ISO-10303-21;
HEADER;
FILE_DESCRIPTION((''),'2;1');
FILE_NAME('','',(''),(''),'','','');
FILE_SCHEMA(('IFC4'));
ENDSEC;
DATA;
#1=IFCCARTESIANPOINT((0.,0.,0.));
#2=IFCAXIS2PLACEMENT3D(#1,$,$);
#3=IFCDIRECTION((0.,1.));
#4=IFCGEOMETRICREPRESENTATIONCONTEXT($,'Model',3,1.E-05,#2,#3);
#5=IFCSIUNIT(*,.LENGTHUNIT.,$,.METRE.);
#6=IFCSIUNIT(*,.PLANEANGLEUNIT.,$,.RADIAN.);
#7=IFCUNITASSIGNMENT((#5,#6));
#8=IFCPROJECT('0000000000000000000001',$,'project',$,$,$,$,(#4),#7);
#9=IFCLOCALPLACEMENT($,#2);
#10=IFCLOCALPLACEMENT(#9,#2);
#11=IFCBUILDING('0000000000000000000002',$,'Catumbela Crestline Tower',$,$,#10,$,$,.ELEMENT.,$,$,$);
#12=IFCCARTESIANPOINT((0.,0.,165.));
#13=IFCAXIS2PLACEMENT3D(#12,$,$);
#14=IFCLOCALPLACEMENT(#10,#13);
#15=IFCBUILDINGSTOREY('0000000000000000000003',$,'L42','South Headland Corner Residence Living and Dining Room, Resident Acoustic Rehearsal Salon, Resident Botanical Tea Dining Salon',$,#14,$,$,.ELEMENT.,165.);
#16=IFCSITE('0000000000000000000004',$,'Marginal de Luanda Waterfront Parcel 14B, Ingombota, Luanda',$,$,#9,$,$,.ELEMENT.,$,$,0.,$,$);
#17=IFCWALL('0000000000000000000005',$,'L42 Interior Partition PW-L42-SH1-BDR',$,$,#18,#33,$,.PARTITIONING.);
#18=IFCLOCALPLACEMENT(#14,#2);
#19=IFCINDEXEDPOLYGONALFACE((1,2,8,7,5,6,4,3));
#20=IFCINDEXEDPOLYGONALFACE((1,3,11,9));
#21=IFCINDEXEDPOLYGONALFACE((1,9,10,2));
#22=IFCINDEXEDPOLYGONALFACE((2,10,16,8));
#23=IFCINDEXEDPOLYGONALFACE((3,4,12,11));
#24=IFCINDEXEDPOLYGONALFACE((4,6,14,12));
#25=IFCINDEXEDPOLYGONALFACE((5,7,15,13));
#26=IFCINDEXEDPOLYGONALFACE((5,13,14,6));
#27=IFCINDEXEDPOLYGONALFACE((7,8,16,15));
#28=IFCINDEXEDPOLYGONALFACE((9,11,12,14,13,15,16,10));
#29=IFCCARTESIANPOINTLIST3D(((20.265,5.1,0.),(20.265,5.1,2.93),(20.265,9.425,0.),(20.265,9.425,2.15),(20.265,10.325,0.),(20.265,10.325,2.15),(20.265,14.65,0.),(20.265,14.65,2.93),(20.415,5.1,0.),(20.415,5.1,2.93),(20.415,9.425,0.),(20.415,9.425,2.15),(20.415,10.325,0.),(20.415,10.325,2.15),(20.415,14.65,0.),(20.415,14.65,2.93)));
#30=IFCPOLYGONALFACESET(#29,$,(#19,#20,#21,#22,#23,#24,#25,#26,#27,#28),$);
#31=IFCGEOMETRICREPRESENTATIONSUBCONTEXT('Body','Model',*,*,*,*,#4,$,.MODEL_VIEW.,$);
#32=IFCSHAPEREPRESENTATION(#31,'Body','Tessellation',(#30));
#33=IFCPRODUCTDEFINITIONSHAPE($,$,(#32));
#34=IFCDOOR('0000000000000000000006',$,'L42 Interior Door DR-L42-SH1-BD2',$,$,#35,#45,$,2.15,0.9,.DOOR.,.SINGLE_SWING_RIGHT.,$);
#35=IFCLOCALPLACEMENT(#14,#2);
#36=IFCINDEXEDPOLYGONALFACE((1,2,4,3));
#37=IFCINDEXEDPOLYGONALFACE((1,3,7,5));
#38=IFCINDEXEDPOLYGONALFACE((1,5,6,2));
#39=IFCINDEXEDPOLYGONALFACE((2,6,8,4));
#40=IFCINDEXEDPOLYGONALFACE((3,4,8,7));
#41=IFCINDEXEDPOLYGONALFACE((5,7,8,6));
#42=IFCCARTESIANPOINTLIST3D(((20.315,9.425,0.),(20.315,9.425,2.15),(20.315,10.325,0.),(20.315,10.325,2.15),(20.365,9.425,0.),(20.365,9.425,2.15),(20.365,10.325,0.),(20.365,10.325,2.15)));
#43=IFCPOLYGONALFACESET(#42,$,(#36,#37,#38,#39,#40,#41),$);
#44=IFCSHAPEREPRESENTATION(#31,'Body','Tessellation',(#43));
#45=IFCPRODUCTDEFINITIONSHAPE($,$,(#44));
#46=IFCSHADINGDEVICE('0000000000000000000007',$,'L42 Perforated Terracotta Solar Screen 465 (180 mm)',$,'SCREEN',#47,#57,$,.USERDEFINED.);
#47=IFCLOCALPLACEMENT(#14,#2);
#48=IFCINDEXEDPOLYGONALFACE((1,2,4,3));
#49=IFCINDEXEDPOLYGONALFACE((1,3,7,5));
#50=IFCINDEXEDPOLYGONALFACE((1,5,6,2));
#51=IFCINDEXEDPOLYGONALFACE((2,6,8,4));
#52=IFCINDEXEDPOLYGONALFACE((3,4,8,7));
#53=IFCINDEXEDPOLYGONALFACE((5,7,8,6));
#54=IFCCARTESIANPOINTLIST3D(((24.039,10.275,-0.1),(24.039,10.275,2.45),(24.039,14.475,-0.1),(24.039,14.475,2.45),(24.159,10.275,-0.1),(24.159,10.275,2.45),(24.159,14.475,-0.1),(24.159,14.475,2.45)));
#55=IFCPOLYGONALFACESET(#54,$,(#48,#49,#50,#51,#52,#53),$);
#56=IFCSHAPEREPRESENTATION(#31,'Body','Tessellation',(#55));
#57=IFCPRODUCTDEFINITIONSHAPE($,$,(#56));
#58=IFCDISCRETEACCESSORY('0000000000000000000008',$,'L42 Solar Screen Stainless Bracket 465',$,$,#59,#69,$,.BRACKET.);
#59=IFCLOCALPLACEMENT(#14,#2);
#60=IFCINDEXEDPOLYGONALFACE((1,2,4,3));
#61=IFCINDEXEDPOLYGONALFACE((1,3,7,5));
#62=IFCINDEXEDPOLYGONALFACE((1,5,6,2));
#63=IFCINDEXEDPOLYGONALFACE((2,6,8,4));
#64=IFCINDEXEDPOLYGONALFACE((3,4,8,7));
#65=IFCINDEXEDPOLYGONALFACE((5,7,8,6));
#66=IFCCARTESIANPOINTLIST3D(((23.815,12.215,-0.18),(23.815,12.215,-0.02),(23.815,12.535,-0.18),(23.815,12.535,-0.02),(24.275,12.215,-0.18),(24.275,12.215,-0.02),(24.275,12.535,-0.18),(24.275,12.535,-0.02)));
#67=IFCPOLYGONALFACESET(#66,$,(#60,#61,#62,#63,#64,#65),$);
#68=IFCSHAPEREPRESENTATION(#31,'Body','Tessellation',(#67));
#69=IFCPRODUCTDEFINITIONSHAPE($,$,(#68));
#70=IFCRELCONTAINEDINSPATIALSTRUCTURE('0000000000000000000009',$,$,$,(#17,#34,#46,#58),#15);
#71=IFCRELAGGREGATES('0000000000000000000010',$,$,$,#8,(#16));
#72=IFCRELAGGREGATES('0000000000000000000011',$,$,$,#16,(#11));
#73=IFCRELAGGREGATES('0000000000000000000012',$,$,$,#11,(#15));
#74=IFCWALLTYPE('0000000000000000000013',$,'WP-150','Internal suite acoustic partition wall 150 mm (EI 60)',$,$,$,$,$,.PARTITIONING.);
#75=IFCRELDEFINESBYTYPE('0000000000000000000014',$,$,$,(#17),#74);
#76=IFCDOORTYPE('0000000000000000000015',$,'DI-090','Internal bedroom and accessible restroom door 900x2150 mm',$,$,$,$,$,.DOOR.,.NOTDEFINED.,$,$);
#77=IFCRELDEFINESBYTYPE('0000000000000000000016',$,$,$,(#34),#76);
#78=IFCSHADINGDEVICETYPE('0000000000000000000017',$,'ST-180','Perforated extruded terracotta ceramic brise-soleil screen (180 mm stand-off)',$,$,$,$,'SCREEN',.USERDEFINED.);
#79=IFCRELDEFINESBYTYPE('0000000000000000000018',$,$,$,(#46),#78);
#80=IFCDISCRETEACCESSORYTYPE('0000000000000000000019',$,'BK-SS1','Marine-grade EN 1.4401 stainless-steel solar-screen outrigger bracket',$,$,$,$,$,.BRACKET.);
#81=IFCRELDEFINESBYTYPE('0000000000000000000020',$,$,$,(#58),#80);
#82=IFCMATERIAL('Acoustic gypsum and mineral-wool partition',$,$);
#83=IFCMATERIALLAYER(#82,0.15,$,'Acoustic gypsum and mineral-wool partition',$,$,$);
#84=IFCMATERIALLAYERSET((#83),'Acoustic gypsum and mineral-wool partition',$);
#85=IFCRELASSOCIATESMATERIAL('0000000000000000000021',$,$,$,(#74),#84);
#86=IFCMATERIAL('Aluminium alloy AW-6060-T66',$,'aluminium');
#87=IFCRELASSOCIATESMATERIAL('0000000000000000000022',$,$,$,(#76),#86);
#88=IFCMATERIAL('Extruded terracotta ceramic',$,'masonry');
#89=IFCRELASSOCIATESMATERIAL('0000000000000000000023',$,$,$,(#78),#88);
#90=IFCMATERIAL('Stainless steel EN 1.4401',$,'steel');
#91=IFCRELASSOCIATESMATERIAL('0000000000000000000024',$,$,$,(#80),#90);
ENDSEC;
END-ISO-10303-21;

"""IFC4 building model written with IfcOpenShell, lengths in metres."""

from ifc_helpers import new_model, si_unit, direction, frame, frame_2d, origin, origin_2d, place, context, subcontext, project, spatial, rectangle, extrude, material, layer, layer_set, type_object, element, fill, save


model = new_model("IFC4")

# Units and contexts
model_context = context("Model", 3, precision=1e-05, world=origin(), true_north=direction((0.0, 1.0)))
body_context = subcontext(model_context, "Body", "Model", "MODEL_VIEW")
ifc_project = project(units=[si_unit("LENGTHUNIT", "METRE"), si_unit("PLANEANGLEUNIT", "RADIAN")], contexts=[model_context])

# Site, building, storey
site_placement = place(None, origin())
site = spatial("IfcSite", under=ifc_project, at=site_placement, Name="Marginal de Luanda Waterfront Parcel 14B, Ingombota, Luanda", CompositionType="ELEMENT", RefElevation=0.0)
building_placement = place(site_placement, origin())
building = spatial("IfcBuilding", under=site, at=building_placement, Name="Catumbela Crestline Tower", CompositionType="ELEMENT")
storey_placement = place(building_placement, frame((0.0, 0.0, 165.0)))
storey = spatial("IfcBuildingStorey", under=building, at=storey_placement, Name="L42", Description="South Headland Corner Residence Living and Dining Room, Resident Acoustic Rehearsal Salon, Resident Botanical Tea Dining Salon", CompositionType="ELEMENT", Elevation=165.0)

# Shared definitions
ifc_material_1 = material(Name="Aluminium alloy AW-6060-T66", Category="aluminium")

# Shared definitions
ifc_material_2 = material(Name="Acoustic gypsum and mineral-wool partition")
ifc_layer_1 = layer(ifc_material_2, 0.15, Name="Acoustic gypsum and mineral-wool partition")
ifc_layer_set_1 = layer_set([ifc_layer_1], Name="Acoustic gypsum and mineral-wool partition")
wall_type_1 = type_object("IfcWallType", Name="WP-150", Description="Internal suite acoustic partition wall 150 mm (EI 60)", PredefinedType="PARTITIONING", material=ifc_layer_set_1)

# Wall, opening, door
wall_1_placement = place(storey_placement, frame((20.34, 5.1, 0.0), z_axis=(0.0, 0.0, 1.0), x_axis=(0.0, 1.0, 0.0)))
wall_1 = element("IfcWall", 1, at=wall_1_placement, inside=storey, type_object=wall_type_1, Name="L42 Interior Partition PW-L42-SH1-BDR", PredefinedType="PARTITIONING", context=body_context, shape_type="SweptSolid", body=[
    extrude(rectangle(XDim=9.55, YDim=0.15, at=frame_2d((4.775, 0.0))), origin(), (0.0, 0.0, 1.0), 2.93),
])
opening_1_placement = place(wall_1_placement, frame((4.325, 0.0, 0.0)))
opening_1 = element("IfcOpeningElement", 2, at=opening_1_placement, cuts=wall_1, PredefinedType="OPENING", context=body_context, shape_type="SweptSolid", body=[
    extrude(rectangle(XDim=0.9, YDim=2.15, at=frame_2d((0.45, 1.075))), frame((0.0, 0.085, 0.0), z_axis=(0.0, -1.0, 0.0), x_axis=(1.0, 0.0, 0.0)), (0.0, 0.0, 1.0), 0.17),
])
door_type = type_object("IfcDoorType", Name="DI-090", Description="Internal bedroom and accessible restroom door 900x2150 mm", OperationType="NOTDEFINED", PredefinedType="DOOR", material=ifc_material_1)
door_placement = place(opening_1_placement, origin())
door = element("IfcDoor", 3, at=door_placement, inside=storey, type_object=door_type, Name="L42 Interior Door DR-L42-SH1-BD2", OperationType="SINGLE_SWING_RIGHT", OverallHeight=2.15, OverallWidth=0.9, PredefinedType="DOOR", context=body_context, shape_type="SweptSolid", body=[
    extrude(rectangle(XDim=0.9, YDim=2.15, at=frame_2d((0.45, 1.075))), frame((0.0, 0.025, 0.0), z_axis=(0.0, -1.0, 0.0), x_axis=(1.0, 0.0, 0.0)), (0.0, 0.0, 1.0), 0.05),
])
fill(opening_1, door)

# Shading device
ifc_material_3 = material(Name="Extruded terracotta ceramic", Category="masonry")
shading_device_type = type_object("IfcShadingDeviceType", Name="ST-180", Description="Perforated extruded terracotta ceramic brise-soleil screen (180 mm stand-off)", ElementType="SCREEN", PredefinedType="USERDEFINED", material=ifc_material_3)
shading_device_placement = place(storey_placement, frame((24.099, 12.375, -0.1), z_axis=(0.0, 0.0, 1.0), x_axis=(0.0, 1.0, 0.0)))
element("IfcShadingDevice", 4, at=shading_device_placement, inside=storey, type_object=shading_device_type, Name="L42 Perforated Terracotta Solar Screen 465 (180 mm)", ObjectType="SCREEN", PredefinedType="USERDEFINED", context=body_context, shape_type="SweptSolid", body=[
    extrude(rectangle(XDim=4.2, YDim=0.12, at=origin_2d()), origin(), (0.0, 0.0, 1.0), 2.55),
])

# Discrete accessory
ifc_material_4 = material(Name="Stainless steel EN 1.4401", Category="steel")
discrete_accessory_type = type_object("IfcDiscreteAccessoryType", Name="BK-SS1", Description="Marine-grade EN 1.4401 stainless-steel solar-screen outrigger bracket", PredefinedType="BRACKET", material=ifc_material_4)
discrete_accessory_placement = place(storey_placement, frame((24.045, 12.375, -0.18), z_axis=(0.0, 0.0, 1.0), x_axis=(0.0, 1.0, 0.0)))
element("IfcDiscreteAccessory", 5, at=discrete_accessory_placement, inside=storey, type_object=discrete_accessory_type, Name="L42 Solar Screen Stainless Bracket 465", PredefinedType="BRACKET", context=body_context, shape_type="SweptSolid", body=[
    extrude(rectangle(XDim=0.32, YDim=0.46, at=origin_2d()), origin(), (0.0, 0.0, 1.0), 0.16),
])

save(model, "model.ifc")
